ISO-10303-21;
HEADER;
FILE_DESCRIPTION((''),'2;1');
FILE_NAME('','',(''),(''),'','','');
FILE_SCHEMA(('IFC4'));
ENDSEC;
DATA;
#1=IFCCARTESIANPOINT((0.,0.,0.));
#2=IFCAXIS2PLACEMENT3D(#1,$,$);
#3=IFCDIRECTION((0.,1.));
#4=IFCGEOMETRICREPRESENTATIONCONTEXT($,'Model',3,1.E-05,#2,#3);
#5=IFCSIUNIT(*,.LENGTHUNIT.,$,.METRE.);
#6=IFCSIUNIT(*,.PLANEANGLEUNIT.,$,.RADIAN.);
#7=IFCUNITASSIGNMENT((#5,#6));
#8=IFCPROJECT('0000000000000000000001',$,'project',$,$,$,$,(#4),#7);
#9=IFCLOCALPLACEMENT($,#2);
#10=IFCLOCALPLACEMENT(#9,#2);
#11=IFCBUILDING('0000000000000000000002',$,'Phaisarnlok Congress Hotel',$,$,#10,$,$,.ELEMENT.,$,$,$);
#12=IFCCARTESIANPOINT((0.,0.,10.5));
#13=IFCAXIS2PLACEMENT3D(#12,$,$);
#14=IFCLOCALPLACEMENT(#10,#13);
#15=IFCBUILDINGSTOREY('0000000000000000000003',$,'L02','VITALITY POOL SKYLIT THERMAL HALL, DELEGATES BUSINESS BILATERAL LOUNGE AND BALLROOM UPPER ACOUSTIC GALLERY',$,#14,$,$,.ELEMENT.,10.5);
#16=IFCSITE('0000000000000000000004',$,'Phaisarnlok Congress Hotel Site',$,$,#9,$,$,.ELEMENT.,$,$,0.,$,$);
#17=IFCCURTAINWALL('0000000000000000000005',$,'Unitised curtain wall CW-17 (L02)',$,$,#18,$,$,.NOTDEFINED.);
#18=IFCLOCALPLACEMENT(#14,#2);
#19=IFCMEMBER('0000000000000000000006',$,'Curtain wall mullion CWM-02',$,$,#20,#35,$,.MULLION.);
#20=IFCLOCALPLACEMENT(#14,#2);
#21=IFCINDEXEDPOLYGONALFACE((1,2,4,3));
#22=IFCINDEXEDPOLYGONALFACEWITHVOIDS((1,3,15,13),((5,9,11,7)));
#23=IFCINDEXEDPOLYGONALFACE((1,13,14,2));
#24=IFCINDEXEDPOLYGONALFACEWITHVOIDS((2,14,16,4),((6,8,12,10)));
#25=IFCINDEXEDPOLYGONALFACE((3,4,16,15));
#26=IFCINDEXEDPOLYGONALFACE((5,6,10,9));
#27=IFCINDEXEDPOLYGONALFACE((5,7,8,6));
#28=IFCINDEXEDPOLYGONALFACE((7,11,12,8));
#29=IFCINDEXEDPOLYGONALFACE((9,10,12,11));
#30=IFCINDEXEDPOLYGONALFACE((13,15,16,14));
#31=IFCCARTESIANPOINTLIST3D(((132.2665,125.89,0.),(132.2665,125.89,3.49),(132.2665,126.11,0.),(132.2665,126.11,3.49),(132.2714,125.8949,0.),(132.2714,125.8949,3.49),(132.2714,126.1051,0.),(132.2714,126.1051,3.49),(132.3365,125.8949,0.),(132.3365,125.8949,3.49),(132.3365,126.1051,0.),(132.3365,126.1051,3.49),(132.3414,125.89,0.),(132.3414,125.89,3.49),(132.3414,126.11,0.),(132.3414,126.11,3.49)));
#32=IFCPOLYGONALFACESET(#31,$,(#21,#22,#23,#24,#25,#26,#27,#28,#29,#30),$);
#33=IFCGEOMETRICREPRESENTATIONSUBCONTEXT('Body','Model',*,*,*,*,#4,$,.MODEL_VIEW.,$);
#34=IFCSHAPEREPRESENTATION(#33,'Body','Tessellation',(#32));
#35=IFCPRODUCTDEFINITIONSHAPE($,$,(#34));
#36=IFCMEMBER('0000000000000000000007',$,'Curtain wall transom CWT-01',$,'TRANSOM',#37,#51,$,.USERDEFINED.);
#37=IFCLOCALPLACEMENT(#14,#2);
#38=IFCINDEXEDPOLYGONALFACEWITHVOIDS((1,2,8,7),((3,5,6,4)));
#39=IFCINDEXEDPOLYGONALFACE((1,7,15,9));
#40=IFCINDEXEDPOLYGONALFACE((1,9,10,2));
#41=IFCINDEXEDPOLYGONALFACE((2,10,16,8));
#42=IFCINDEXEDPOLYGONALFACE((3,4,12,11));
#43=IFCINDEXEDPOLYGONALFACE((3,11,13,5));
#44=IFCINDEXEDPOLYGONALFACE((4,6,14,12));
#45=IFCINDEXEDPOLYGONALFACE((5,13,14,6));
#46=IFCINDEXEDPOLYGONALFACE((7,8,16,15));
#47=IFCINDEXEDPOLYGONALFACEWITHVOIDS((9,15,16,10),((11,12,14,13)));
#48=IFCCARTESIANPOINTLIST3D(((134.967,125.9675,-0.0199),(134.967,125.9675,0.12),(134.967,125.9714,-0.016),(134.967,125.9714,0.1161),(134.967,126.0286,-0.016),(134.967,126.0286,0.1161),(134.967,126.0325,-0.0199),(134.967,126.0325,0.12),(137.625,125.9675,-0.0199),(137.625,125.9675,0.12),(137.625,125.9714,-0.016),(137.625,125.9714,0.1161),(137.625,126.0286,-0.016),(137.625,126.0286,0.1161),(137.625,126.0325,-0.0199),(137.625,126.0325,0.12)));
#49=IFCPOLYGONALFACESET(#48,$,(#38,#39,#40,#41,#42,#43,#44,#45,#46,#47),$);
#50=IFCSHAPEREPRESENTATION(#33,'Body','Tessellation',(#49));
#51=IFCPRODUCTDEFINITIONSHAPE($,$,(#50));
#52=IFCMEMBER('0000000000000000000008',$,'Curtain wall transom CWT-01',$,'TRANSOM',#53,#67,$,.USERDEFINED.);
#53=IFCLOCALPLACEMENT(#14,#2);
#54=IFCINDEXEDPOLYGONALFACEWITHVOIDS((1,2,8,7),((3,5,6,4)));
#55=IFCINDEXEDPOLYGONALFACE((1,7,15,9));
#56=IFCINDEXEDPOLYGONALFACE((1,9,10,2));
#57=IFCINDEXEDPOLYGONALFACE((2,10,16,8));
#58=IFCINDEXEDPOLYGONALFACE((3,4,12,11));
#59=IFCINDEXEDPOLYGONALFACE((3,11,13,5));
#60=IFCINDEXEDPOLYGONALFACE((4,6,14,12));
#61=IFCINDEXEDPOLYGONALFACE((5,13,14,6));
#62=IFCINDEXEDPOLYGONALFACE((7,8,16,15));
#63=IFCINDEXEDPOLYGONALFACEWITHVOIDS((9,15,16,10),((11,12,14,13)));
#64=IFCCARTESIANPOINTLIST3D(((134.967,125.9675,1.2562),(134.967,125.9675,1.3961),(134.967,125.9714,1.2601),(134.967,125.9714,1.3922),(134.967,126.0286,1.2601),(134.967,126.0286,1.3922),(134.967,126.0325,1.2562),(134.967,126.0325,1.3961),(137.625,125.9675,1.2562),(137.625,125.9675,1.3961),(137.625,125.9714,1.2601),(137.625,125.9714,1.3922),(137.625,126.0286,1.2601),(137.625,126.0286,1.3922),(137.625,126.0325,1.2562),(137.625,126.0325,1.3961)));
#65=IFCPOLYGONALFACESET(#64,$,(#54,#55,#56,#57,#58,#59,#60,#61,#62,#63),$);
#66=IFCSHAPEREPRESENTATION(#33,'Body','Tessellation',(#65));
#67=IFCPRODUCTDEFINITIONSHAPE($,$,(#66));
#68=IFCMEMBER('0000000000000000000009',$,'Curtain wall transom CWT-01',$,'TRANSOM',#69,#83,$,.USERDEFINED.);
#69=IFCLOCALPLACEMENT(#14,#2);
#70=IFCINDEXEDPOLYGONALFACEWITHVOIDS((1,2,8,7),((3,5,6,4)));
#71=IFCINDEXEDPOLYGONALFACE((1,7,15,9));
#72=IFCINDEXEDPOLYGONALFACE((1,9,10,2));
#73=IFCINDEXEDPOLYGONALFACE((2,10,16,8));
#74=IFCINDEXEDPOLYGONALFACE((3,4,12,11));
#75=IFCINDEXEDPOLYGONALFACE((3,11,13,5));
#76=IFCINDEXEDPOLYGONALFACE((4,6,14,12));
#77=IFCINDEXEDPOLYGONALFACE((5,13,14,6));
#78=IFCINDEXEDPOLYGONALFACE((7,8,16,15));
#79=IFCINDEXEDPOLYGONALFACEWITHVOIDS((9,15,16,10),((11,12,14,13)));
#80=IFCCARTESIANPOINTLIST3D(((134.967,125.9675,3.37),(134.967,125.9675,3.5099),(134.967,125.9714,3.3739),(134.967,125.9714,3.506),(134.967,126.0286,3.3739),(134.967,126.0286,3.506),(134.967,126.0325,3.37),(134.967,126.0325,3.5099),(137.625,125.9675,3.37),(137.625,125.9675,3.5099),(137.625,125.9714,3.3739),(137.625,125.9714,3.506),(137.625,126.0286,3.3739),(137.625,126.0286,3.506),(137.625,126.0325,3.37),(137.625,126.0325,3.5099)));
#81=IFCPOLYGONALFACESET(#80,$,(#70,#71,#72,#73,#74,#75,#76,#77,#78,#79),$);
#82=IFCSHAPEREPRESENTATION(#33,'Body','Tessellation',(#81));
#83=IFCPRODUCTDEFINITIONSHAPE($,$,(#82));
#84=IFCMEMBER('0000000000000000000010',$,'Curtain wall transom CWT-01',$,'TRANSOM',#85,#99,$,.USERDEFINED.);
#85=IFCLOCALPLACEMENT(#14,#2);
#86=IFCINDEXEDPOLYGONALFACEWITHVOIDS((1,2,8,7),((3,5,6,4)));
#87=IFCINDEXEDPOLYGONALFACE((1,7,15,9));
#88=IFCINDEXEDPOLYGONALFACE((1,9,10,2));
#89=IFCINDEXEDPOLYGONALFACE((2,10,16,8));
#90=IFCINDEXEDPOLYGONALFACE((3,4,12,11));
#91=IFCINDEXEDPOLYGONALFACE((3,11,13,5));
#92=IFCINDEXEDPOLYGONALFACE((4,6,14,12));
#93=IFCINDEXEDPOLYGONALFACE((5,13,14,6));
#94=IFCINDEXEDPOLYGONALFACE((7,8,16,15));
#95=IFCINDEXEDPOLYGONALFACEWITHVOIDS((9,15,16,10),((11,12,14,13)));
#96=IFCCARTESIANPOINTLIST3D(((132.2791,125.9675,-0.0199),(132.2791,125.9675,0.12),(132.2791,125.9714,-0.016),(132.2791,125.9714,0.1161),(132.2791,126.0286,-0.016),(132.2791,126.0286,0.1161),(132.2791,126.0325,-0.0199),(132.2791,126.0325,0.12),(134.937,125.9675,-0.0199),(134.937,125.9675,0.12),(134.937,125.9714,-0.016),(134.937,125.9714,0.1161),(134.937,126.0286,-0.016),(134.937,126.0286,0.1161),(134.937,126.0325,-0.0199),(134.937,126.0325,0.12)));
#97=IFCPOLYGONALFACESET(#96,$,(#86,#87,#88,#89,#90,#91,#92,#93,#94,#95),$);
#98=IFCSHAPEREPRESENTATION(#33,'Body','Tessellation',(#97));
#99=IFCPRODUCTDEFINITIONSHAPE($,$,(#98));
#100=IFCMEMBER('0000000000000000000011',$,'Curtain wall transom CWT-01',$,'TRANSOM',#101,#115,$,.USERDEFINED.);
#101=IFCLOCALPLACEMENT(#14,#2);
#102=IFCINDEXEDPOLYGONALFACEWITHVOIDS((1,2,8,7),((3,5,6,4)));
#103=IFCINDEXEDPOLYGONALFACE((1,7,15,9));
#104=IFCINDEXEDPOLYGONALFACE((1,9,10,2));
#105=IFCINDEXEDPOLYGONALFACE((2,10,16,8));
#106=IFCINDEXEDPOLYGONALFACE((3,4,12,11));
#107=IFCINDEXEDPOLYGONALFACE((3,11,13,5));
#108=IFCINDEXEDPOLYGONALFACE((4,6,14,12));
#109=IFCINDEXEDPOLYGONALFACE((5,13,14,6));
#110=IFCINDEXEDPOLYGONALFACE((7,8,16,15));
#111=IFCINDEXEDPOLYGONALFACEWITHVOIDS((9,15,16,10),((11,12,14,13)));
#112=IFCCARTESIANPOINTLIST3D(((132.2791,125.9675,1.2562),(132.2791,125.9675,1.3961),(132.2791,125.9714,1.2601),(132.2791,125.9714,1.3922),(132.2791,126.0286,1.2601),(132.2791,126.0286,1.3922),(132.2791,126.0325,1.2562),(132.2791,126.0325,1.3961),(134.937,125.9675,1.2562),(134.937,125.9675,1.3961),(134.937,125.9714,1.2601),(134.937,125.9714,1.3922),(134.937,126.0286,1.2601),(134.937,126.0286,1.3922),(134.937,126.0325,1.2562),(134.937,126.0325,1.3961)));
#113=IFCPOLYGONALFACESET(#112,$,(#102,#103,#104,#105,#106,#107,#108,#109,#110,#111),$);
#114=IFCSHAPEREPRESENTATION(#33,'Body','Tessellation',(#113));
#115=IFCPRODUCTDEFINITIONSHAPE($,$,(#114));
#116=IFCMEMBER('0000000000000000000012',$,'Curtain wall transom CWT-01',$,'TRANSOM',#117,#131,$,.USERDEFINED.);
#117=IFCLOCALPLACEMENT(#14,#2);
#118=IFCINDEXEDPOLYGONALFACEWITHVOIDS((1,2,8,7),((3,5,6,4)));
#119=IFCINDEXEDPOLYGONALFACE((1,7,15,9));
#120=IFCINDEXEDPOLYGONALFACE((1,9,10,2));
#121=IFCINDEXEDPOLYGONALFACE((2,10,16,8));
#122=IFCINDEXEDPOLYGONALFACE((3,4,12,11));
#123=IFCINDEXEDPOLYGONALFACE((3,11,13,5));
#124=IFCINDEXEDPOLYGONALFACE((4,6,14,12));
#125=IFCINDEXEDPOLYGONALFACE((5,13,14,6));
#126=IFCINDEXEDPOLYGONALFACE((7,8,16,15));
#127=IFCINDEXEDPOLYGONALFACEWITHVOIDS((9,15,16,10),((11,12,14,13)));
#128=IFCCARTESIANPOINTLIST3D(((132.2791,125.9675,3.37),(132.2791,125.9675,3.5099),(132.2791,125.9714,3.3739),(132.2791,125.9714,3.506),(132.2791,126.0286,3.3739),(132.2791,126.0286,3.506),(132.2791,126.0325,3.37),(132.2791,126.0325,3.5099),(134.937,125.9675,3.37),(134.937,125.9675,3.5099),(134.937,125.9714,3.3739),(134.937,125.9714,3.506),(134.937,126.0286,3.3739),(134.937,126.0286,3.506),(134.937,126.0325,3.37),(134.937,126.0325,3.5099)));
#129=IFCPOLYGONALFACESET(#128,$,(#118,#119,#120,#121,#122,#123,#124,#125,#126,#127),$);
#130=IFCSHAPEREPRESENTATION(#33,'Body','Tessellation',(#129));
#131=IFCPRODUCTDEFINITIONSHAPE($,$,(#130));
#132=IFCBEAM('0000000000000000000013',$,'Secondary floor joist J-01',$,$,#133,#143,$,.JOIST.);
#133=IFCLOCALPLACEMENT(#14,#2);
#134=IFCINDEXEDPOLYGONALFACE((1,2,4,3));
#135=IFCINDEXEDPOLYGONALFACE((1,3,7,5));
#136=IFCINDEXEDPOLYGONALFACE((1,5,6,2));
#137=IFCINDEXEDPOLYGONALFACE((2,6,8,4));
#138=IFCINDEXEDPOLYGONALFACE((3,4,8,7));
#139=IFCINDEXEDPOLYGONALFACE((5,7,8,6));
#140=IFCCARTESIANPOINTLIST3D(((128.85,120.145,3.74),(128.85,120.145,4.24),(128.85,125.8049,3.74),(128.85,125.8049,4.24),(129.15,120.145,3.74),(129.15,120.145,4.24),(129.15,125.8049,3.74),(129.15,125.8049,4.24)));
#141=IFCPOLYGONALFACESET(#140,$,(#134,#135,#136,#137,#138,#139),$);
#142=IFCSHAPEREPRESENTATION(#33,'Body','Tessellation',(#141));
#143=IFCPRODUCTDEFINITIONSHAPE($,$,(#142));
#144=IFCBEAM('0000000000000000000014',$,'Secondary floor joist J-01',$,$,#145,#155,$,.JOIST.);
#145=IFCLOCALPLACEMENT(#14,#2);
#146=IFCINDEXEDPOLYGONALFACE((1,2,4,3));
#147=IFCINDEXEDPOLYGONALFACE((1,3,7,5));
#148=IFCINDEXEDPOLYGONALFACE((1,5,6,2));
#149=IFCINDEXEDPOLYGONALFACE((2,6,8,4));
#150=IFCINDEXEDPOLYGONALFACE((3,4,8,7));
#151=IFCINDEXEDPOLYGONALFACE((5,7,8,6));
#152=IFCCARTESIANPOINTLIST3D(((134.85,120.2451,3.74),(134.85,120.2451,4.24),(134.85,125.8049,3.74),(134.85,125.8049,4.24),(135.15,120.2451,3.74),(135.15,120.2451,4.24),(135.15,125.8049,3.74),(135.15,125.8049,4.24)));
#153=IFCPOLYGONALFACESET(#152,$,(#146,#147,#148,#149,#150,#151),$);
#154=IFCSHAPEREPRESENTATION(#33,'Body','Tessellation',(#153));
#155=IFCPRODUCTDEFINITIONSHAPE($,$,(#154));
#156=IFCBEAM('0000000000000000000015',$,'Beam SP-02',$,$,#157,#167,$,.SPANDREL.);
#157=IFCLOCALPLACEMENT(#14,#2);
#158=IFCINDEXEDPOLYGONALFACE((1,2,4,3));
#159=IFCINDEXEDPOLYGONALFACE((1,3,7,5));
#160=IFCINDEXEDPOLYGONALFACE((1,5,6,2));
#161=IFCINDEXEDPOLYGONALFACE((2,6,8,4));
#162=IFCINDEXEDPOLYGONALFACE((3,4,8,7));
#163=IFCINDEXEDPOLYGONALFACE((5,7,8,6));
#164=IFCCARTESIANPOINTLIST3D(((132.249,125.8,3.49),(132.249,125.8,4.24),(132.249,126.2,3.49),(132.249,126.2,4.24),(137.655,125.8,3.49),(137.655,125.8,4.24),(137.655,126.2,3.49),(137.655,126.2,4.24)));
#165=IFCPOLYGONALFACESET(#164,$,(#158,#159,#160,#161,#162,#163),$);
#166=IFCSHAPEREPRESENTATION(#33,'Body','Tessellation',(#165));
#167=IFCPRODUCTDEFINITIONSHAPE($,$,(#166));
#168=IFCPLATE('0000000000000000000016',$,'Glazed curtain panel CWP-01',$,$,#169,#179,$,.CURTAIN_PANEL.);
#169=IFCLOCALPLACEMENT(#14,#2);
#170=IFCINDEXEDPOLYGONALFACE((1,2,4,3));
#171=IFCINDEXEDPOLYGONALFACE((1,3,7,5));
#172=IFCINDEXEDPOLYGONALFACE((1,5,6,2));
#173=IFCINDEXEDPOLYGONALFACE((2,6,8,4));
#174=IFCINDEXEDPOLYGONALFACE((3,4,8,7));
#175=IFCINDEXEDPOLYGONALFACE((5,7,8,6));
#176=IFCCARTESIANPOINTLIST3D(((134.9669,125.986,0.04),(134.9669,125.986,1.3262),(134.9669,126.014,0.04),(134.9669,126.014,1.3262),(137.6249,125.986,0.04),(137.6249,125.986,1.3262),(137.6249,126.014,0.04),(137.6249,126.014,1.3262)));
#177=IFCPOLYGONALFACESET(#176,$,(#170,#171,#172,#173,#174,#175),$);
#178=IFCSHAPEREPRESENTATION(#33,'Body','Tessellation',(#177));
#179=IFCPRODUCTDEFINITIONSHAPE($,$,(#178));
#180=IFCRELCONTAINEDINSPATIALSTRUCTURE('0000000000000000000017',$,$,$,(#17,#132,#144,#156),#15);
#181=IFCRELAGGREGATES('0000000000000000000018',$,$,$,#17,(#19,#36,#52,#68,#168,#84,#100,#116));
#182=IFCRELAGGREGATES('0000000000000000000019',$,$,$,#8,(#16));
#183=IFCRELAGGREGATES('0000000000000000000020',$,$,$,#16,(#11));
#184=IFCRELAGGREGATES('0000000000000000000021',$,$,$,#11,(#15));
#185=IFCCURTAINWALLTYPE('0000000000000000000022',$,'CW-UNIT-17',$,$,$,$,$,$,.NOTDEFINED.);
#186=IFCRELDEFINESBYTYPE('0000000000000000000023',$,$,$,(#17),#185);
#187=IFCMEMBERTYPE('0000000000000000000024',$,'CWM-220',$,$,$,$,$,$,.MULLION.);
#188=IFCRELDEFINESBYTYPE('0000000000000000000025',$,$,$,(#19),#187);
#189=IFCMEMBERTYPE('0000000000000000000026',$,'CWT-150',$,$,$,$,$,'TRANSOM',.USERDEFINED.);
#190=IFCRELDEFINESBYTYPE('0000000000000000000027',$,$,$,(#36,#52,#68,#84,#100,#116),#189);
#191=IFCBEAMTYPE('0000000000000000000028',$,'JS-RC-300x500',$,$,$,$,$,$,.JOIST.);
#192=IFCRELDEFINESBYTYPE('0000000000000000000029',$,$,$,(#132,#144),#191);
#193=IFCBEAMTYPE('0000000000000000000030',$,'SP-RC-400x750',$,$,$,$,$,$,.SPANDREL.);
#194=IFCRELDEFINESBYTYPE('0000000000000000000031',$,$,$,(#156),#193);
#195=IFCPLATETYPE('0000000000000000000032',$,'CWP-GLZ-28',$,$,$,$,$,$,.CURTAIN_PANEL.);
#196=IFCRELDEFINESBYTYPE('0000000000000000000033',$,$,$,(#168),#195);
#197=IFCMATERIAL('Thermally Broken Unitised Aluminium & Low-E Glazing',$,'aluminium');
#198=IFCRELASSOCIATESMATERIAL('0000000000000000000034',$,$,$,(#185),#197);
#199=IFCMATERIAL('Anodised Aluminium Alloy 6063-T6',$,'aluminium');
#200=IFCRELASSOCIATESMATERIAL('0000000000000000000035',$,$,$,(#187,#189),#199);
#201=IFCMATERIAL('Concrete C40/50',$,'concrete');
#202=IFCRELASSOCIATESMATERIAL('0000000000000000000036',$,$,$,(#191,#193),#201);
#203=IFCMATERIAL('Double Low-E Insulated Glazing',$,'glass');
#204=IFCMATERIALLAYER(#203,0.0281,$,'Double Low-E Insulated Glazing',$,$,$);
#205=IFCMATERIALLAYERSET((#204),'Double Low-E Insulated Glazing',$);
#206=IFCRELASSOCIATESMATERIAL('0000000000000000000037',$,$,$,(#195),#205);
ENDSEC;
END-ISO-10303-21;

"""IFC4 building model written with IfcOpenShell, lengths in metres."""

from ifc_helpers import new_model, si_unit, direction, frame, frame_2d, origin, origin_2d, place, context, subcontext, project, spatial, rectangle, hollow_rectangle, extrude, material, layer, layer_set, material_profile, profile_set, type_object, element, aggregate, save


model = new_model("IFC4")

# Units and contexts
model_context = context("Model", 3, precision=1e-05, world=origin(), true_north=direction((0.0, 1.0)))
body_context = subcontext(model_context, "Body", "Model", "MODEL_VIEW")
ifc_project = project(units=[si_unit("LENGTHUNIT", "METRE"), si_unit("PLANEANGLEUNIT", "RADIAN")], contexts=[model_context])

# Site, building, storey
site_placement = place(None, origin())
site = spatial("IfcSite", under=ifc_project, at=site_placement, Name="Phaisarnlok Congress Hotel Site", CompositionType="ELEMENT", RefElevation=0.0)
building_placement = place(site_placement, origin())
building = spatial("IfcBuilding", under=site, at=building_placement, Name="Phaisarnlok Congress Hotel", CompositionType="ELEMENT")
storey_placement = place(building_placement, frame((0.0, 0.0, 10.5)))
storey = spatial("IfcBuildingStorey", under=building, at=storey_placement, Name="L02", Description="VITALITY POOL SKYLIT THERMAL HALL, DELEGATES BUSINESS BILATERAL LOUNGE AND BALLROOM UPPER ACOUSTIC GALLERY", CompositionType="ELEMENT", Elevation=10.5)

# Curtain wall, members
ifc_material_1 = material(Name="Thermally Broken Unitised Aluminium & Low-E Glazing", Category="aluminium")
curtain_wall_type = type_object("IfcCurtainWallType", Name="CW-UNIT-17", PredefinedType="NOTDEFINED", material=ifc_material_1)
curtain_wall_placement = place(storey_placement, origin())
curtain_wall = element("IfcCurtainWall", 1, at=curtain_wall_placement, inside=storey, type_object=curtain_wall_type, Name="Unitised curtain wall CW-17 (L02)", PredefinedType="NOTDEFINED")
ifc_material_2 = material(Name="Anodised Aluminium Alloy 6063-T6", Category="aluminium")
ifc_material_profile_1 = material_profile(ifc_material_2, hollow_rectangle(XDim=0.075, YDim=0.22, WallThickness=0.0049, at=origin_2d()), Name="ALU-M 75x220x5")
ifc_profile_set_1 = profile_set([ifc_material_profile_1], Name="Anodised Aluminium Alloy 6063-T6")
member_type_1 = type_object("IfcMemberType", Name="CWM-220", PredefinedType="MULLION", material=ifc_profile_set_1)
member_1_placement = place(storey_placement, frame((132.304, 126.0, 0.0), z_axis=(0.0, 0.0, 1.0), x_axis=(-1.0, 0.0, 0.0)))
member_1 = element("IfcMember", 2, at=member_1_placement, type_object=member_type_1, Name="Curtain wall mullion CWM-02", PredefinedType="MULLION", context=body_context, shape_type="SweptSolid", body=[
    extrude(hollow_rectangle(XDim=0.075, YDim=0.22, WallThickness=0.0049, at=origin_2d()), origin(), (0.0, 0.0, 1.0), 3.49),
])
ifc_material_profile_2 = material_profile(ifc_material_2, hollow_rectangle(XDim=0.0649, YDim=0.1399, WallThickness=0.0039, at=origin_2d()), Name="ALU-T 65x140x4")
ifc_profile_set_2 = profile_set([ifc_material_profile_2], Name="Anodised Aluminium Alloy 6063-T6")
member_type_2 = type_object("IfcMemberType", Name="CWT-150", ElementType="TRANSOM", PredefinedType="USERDEFINED", material=ifc_profile_set_2)
member_2_placement = place(storey_placement, frame((137.625, 126.0, 0.05), z_axis=(-1.0, 0.0, 0.0), x_axis=(0.0, -1.0, 0.0)))
member_2 = element("IfcMember", 3, at=member_2_placement, type_object=member_type_2, Name="Curtain wall transom CWT-01", ObjectType="TRANSOM", PredefinedType="USERDEFINED", context=body_context, shape_type="SweptSolid", body=[
    extrude(hollow_rectangle(XDim=0.0649, YDim=0.1399, WallThickness=0.0039, at=origin_2d()), origin(), (0.0, 0.0, 1.0), 2.658),
])
member_3_placement = place(storey_placement, frame((137.625, 126.0, 1.3262), z_axis=(-1.0, 0.0, 0.0), x_axis=(0.0, -1.0, 0.0)))
member_3 = element("IfcMember", 4, at=member_3_placement, type_object=member_type_2, Name="Curtain wall transom CWT-01", ObjectType="TRANSOM", PredefinedType="USERDEFINED", context=body_context, shape_type="SweptSolid", body=[
    extrude(hollow_rectangle(XDim=0.0649, YDim=0.1399, WallThickness=0.0039, at=origin_2d()), origin(), (0.0, 0.0, 1.0), 2.658),
])
member_4_placement = place(storey_placement, frame((137.625, 126.0, 3.4399), z_axis=(-1.0, 0.0, 0.0), x_axis=(0.0, -1.0, 0.0)))
member_4 = element("IfcMember", 5, at=member_4_placement, type_object=member_type_2, Name="Curtain wall transom CWT-01", ObjectType="TRANSOM", PredefinedType="USERDEFINED", context=body_context, shape_type="SweptSolid", body=[
    extrude(hollow_rectangle(XDim=0.0649, YDim=0.1399, WallThickness=0.0039, at=origin_2d()), origin(), (0.0, 0.0, 1.0), 2.658),
])
member_5_placement = place(storey_placement, frame((134.937, 126.0, 0.05), z_axis=(-1.0, 0.0, 0.0), x_axis=(0.0, -1.0, 0.0)))
member_5 = element("IfcMember", 6, at=member_5_placement, type_object=member_type_2, Name="Curtain wall transom CWT-01", ObjectType="TRANSOM", PredefinedType="USERDEFINED", context=body_context, shape_type="SweptSolid", body=[
    extrude(hollow_rectangle(XDim=0.0649, YDim=0.1399, WallThickness=0.0039, at=origin_2d()), origin(), (0.0, 0.0, 1.0), 2.658),
])
member_6_placement = place(storey_placement, frame((134.937, 126.0, 1.3262), z_axis=(-1.0, 0.0, 0.0), x_axis=(0.0, -1.0, 0.0)))
member_6 = element("IfcMember", 7, at=member_6_placement, type_object=member_type_2, Name="Curtain wall transom CWT-01", ObjectType="TRANSOM", PredefinedType="USERDEFINED", context=body_context, shape_type="SweptSolid", body=[
    extrude(hollow_rectangle(XDim=0.0649, YDim=0.1399, WallThickness=0.0039, at=origin_2d()), origin(), (0.0, 0.0, 1.0), 2.658),
])
member_7_placement = place(storey_placement, frame((134.937, 126.0, 3.4399), z_axis=(-1.0, 0.0, 0.0), x_axis=(0.0, -1.0, 0.0)))
member_7 = element("IfcMember", 8, at=member_7_placement, type_object=member_type_2, Name="Curtain wall transom CWT-01", ObjectType="TRANSOM", PredefinedType="USERDEFINED", context=body_context, shape_type="SweptSolid", body=[
    extrude(hollow_rectangle(XDim=0.0649, YDim=0.1399, WallThickness=0.0039, at=origin_2d()), origin(), (0.0, 0.0, 1.0), 2.658),
])

# Beams
ifc_material_3 = material(Name="Concrete C40/50", Category="concrete")
ifc_material_profile_3 = material_profile(ifc_material_3, rectangle(XDim=0.3, YDim=0.5, at=origin_2d()), Name="RC 300x500")
ifc_profile_set_3 = profile_set([ifc_material_profile_3], Name="Concrete C40/50")
beam_type_1 = type_object("IfcBeamType", Name="JS-RC-300x500", PredefinedType="JOIST", material=ifc_profile_set_3)
beam_1_placement = place(storey_placement, frame((129.0, 120.145, 3.99), z_axis=(0.0, 1.0, 0.0), x_axis=(-1.0, 0.0, 0.0)))
element("IfcBeam", 9, at=beam_1_placement, inside=storey, type_object=beam_type_1, Name="Secondary floor joist J-01", PredefinedType="JOIST", context=body_context, shape_type="SweptSolid", body=[
    extrude(rectangle(XDim=0.3, YDim=0.5, at=origin_2d()), origin(), (0.0, 0.0, 1.0), 5.6599),
])
beam_2_placement = place(storey_placement, frame((135.0, 120.2451, 3.99), z_axis=(0.0, 1.0, 0.0), x_axis=(-1.0, 0.0, 0.0)))
element("IfcBeam", 10, at=beam_2_placement, inside=storey, type_object=beam_type_1, Name="Secondary floor joist J-01", PredefinedType="JOIST", context=body_context, shape_type="SweptSolid", body=[
    extrude(rectangle(XDim=0.3, YDim=0.5, at=origin_2d()), origin(), (0.0, 0.0, 1.0), 5.5598),
])
ifc_material_profile_4 = material_profile(ifc_material_3, rectangle(XDim=0.3999, YDim=0.75, at=origin_2d()), Name="RC 400x750")
ifc_profile_set_4 = profile_set([ifc_material_profile_4], Name="Concrete C40/50")
beam_type_2 = type_object("IfcBeamType", Name="SP-RC-400x750", PredefinedType="SPANDREL", material=ifc_profile_set_4)
beam_3_placement = place(storey_placement, frame((132.249, 126.0, 3.865), z_axis=(1.0, 0.0, 0.0), x_axis=(0.0, 1.0, 0.0)))
element("IfcBeam", 11, at=beam_3_placement, inside=storey, type_object=beam_type_2, Name="Beam SP-02", PredefinedType="SPANDREL", context=body_context, shape_type="SweptSolid", body=[
    extrude(rectangle(XDim=0.3999, YDim=0.75, at=origin_2d()), origin(), (0.0, 0.0, 1.0), 5.406),
])

# Plate
ifc_material_4 = material(Name="Double Low-E Insulated Glazing", Category="glass")
ifc_layer_1 = layer(ifc_material_4, 0.0281, Name="Double Low-E Insulated Glazing")
ifc_layer_set_1 = layer_set([ifc_layer_1], Name="Double Low-E Insulated Glazing")
plate_type_1 = type_object("IfcPlateType", Name="CWP-GLZ-28", PredefinedType="CURTAIN_PANEL", material=ifc_layer_set_1)
plate_1_placement = place(storey_placement, frame((137.625, 126.0, 0.04), z_axis=(0.0, 0.0, 1.0), x_axis=(-1.0, 0.0, 0.0)))
plate_1 = element("IfcPlate", 12, at=plate_1_placement, type_object=plate_type_1, Name="Glazed curtain panel CWP-01", PredefinedType="CURTAIN_PANEL", context=body_context, shape_type="SweptSolid", body=[
    extrude(rectangle(XDim=2.658, YDim=0.0281, at=frame_2d((1.3291, 0.0))), origin(), (0.0, 0.0, 1.0), 1.2861),
])
aggregate(curtain_wall, [member_1, member_2, member_3, member_4, plate_1, member_5, member_6, member_7])

save(model, "model.ifc")
